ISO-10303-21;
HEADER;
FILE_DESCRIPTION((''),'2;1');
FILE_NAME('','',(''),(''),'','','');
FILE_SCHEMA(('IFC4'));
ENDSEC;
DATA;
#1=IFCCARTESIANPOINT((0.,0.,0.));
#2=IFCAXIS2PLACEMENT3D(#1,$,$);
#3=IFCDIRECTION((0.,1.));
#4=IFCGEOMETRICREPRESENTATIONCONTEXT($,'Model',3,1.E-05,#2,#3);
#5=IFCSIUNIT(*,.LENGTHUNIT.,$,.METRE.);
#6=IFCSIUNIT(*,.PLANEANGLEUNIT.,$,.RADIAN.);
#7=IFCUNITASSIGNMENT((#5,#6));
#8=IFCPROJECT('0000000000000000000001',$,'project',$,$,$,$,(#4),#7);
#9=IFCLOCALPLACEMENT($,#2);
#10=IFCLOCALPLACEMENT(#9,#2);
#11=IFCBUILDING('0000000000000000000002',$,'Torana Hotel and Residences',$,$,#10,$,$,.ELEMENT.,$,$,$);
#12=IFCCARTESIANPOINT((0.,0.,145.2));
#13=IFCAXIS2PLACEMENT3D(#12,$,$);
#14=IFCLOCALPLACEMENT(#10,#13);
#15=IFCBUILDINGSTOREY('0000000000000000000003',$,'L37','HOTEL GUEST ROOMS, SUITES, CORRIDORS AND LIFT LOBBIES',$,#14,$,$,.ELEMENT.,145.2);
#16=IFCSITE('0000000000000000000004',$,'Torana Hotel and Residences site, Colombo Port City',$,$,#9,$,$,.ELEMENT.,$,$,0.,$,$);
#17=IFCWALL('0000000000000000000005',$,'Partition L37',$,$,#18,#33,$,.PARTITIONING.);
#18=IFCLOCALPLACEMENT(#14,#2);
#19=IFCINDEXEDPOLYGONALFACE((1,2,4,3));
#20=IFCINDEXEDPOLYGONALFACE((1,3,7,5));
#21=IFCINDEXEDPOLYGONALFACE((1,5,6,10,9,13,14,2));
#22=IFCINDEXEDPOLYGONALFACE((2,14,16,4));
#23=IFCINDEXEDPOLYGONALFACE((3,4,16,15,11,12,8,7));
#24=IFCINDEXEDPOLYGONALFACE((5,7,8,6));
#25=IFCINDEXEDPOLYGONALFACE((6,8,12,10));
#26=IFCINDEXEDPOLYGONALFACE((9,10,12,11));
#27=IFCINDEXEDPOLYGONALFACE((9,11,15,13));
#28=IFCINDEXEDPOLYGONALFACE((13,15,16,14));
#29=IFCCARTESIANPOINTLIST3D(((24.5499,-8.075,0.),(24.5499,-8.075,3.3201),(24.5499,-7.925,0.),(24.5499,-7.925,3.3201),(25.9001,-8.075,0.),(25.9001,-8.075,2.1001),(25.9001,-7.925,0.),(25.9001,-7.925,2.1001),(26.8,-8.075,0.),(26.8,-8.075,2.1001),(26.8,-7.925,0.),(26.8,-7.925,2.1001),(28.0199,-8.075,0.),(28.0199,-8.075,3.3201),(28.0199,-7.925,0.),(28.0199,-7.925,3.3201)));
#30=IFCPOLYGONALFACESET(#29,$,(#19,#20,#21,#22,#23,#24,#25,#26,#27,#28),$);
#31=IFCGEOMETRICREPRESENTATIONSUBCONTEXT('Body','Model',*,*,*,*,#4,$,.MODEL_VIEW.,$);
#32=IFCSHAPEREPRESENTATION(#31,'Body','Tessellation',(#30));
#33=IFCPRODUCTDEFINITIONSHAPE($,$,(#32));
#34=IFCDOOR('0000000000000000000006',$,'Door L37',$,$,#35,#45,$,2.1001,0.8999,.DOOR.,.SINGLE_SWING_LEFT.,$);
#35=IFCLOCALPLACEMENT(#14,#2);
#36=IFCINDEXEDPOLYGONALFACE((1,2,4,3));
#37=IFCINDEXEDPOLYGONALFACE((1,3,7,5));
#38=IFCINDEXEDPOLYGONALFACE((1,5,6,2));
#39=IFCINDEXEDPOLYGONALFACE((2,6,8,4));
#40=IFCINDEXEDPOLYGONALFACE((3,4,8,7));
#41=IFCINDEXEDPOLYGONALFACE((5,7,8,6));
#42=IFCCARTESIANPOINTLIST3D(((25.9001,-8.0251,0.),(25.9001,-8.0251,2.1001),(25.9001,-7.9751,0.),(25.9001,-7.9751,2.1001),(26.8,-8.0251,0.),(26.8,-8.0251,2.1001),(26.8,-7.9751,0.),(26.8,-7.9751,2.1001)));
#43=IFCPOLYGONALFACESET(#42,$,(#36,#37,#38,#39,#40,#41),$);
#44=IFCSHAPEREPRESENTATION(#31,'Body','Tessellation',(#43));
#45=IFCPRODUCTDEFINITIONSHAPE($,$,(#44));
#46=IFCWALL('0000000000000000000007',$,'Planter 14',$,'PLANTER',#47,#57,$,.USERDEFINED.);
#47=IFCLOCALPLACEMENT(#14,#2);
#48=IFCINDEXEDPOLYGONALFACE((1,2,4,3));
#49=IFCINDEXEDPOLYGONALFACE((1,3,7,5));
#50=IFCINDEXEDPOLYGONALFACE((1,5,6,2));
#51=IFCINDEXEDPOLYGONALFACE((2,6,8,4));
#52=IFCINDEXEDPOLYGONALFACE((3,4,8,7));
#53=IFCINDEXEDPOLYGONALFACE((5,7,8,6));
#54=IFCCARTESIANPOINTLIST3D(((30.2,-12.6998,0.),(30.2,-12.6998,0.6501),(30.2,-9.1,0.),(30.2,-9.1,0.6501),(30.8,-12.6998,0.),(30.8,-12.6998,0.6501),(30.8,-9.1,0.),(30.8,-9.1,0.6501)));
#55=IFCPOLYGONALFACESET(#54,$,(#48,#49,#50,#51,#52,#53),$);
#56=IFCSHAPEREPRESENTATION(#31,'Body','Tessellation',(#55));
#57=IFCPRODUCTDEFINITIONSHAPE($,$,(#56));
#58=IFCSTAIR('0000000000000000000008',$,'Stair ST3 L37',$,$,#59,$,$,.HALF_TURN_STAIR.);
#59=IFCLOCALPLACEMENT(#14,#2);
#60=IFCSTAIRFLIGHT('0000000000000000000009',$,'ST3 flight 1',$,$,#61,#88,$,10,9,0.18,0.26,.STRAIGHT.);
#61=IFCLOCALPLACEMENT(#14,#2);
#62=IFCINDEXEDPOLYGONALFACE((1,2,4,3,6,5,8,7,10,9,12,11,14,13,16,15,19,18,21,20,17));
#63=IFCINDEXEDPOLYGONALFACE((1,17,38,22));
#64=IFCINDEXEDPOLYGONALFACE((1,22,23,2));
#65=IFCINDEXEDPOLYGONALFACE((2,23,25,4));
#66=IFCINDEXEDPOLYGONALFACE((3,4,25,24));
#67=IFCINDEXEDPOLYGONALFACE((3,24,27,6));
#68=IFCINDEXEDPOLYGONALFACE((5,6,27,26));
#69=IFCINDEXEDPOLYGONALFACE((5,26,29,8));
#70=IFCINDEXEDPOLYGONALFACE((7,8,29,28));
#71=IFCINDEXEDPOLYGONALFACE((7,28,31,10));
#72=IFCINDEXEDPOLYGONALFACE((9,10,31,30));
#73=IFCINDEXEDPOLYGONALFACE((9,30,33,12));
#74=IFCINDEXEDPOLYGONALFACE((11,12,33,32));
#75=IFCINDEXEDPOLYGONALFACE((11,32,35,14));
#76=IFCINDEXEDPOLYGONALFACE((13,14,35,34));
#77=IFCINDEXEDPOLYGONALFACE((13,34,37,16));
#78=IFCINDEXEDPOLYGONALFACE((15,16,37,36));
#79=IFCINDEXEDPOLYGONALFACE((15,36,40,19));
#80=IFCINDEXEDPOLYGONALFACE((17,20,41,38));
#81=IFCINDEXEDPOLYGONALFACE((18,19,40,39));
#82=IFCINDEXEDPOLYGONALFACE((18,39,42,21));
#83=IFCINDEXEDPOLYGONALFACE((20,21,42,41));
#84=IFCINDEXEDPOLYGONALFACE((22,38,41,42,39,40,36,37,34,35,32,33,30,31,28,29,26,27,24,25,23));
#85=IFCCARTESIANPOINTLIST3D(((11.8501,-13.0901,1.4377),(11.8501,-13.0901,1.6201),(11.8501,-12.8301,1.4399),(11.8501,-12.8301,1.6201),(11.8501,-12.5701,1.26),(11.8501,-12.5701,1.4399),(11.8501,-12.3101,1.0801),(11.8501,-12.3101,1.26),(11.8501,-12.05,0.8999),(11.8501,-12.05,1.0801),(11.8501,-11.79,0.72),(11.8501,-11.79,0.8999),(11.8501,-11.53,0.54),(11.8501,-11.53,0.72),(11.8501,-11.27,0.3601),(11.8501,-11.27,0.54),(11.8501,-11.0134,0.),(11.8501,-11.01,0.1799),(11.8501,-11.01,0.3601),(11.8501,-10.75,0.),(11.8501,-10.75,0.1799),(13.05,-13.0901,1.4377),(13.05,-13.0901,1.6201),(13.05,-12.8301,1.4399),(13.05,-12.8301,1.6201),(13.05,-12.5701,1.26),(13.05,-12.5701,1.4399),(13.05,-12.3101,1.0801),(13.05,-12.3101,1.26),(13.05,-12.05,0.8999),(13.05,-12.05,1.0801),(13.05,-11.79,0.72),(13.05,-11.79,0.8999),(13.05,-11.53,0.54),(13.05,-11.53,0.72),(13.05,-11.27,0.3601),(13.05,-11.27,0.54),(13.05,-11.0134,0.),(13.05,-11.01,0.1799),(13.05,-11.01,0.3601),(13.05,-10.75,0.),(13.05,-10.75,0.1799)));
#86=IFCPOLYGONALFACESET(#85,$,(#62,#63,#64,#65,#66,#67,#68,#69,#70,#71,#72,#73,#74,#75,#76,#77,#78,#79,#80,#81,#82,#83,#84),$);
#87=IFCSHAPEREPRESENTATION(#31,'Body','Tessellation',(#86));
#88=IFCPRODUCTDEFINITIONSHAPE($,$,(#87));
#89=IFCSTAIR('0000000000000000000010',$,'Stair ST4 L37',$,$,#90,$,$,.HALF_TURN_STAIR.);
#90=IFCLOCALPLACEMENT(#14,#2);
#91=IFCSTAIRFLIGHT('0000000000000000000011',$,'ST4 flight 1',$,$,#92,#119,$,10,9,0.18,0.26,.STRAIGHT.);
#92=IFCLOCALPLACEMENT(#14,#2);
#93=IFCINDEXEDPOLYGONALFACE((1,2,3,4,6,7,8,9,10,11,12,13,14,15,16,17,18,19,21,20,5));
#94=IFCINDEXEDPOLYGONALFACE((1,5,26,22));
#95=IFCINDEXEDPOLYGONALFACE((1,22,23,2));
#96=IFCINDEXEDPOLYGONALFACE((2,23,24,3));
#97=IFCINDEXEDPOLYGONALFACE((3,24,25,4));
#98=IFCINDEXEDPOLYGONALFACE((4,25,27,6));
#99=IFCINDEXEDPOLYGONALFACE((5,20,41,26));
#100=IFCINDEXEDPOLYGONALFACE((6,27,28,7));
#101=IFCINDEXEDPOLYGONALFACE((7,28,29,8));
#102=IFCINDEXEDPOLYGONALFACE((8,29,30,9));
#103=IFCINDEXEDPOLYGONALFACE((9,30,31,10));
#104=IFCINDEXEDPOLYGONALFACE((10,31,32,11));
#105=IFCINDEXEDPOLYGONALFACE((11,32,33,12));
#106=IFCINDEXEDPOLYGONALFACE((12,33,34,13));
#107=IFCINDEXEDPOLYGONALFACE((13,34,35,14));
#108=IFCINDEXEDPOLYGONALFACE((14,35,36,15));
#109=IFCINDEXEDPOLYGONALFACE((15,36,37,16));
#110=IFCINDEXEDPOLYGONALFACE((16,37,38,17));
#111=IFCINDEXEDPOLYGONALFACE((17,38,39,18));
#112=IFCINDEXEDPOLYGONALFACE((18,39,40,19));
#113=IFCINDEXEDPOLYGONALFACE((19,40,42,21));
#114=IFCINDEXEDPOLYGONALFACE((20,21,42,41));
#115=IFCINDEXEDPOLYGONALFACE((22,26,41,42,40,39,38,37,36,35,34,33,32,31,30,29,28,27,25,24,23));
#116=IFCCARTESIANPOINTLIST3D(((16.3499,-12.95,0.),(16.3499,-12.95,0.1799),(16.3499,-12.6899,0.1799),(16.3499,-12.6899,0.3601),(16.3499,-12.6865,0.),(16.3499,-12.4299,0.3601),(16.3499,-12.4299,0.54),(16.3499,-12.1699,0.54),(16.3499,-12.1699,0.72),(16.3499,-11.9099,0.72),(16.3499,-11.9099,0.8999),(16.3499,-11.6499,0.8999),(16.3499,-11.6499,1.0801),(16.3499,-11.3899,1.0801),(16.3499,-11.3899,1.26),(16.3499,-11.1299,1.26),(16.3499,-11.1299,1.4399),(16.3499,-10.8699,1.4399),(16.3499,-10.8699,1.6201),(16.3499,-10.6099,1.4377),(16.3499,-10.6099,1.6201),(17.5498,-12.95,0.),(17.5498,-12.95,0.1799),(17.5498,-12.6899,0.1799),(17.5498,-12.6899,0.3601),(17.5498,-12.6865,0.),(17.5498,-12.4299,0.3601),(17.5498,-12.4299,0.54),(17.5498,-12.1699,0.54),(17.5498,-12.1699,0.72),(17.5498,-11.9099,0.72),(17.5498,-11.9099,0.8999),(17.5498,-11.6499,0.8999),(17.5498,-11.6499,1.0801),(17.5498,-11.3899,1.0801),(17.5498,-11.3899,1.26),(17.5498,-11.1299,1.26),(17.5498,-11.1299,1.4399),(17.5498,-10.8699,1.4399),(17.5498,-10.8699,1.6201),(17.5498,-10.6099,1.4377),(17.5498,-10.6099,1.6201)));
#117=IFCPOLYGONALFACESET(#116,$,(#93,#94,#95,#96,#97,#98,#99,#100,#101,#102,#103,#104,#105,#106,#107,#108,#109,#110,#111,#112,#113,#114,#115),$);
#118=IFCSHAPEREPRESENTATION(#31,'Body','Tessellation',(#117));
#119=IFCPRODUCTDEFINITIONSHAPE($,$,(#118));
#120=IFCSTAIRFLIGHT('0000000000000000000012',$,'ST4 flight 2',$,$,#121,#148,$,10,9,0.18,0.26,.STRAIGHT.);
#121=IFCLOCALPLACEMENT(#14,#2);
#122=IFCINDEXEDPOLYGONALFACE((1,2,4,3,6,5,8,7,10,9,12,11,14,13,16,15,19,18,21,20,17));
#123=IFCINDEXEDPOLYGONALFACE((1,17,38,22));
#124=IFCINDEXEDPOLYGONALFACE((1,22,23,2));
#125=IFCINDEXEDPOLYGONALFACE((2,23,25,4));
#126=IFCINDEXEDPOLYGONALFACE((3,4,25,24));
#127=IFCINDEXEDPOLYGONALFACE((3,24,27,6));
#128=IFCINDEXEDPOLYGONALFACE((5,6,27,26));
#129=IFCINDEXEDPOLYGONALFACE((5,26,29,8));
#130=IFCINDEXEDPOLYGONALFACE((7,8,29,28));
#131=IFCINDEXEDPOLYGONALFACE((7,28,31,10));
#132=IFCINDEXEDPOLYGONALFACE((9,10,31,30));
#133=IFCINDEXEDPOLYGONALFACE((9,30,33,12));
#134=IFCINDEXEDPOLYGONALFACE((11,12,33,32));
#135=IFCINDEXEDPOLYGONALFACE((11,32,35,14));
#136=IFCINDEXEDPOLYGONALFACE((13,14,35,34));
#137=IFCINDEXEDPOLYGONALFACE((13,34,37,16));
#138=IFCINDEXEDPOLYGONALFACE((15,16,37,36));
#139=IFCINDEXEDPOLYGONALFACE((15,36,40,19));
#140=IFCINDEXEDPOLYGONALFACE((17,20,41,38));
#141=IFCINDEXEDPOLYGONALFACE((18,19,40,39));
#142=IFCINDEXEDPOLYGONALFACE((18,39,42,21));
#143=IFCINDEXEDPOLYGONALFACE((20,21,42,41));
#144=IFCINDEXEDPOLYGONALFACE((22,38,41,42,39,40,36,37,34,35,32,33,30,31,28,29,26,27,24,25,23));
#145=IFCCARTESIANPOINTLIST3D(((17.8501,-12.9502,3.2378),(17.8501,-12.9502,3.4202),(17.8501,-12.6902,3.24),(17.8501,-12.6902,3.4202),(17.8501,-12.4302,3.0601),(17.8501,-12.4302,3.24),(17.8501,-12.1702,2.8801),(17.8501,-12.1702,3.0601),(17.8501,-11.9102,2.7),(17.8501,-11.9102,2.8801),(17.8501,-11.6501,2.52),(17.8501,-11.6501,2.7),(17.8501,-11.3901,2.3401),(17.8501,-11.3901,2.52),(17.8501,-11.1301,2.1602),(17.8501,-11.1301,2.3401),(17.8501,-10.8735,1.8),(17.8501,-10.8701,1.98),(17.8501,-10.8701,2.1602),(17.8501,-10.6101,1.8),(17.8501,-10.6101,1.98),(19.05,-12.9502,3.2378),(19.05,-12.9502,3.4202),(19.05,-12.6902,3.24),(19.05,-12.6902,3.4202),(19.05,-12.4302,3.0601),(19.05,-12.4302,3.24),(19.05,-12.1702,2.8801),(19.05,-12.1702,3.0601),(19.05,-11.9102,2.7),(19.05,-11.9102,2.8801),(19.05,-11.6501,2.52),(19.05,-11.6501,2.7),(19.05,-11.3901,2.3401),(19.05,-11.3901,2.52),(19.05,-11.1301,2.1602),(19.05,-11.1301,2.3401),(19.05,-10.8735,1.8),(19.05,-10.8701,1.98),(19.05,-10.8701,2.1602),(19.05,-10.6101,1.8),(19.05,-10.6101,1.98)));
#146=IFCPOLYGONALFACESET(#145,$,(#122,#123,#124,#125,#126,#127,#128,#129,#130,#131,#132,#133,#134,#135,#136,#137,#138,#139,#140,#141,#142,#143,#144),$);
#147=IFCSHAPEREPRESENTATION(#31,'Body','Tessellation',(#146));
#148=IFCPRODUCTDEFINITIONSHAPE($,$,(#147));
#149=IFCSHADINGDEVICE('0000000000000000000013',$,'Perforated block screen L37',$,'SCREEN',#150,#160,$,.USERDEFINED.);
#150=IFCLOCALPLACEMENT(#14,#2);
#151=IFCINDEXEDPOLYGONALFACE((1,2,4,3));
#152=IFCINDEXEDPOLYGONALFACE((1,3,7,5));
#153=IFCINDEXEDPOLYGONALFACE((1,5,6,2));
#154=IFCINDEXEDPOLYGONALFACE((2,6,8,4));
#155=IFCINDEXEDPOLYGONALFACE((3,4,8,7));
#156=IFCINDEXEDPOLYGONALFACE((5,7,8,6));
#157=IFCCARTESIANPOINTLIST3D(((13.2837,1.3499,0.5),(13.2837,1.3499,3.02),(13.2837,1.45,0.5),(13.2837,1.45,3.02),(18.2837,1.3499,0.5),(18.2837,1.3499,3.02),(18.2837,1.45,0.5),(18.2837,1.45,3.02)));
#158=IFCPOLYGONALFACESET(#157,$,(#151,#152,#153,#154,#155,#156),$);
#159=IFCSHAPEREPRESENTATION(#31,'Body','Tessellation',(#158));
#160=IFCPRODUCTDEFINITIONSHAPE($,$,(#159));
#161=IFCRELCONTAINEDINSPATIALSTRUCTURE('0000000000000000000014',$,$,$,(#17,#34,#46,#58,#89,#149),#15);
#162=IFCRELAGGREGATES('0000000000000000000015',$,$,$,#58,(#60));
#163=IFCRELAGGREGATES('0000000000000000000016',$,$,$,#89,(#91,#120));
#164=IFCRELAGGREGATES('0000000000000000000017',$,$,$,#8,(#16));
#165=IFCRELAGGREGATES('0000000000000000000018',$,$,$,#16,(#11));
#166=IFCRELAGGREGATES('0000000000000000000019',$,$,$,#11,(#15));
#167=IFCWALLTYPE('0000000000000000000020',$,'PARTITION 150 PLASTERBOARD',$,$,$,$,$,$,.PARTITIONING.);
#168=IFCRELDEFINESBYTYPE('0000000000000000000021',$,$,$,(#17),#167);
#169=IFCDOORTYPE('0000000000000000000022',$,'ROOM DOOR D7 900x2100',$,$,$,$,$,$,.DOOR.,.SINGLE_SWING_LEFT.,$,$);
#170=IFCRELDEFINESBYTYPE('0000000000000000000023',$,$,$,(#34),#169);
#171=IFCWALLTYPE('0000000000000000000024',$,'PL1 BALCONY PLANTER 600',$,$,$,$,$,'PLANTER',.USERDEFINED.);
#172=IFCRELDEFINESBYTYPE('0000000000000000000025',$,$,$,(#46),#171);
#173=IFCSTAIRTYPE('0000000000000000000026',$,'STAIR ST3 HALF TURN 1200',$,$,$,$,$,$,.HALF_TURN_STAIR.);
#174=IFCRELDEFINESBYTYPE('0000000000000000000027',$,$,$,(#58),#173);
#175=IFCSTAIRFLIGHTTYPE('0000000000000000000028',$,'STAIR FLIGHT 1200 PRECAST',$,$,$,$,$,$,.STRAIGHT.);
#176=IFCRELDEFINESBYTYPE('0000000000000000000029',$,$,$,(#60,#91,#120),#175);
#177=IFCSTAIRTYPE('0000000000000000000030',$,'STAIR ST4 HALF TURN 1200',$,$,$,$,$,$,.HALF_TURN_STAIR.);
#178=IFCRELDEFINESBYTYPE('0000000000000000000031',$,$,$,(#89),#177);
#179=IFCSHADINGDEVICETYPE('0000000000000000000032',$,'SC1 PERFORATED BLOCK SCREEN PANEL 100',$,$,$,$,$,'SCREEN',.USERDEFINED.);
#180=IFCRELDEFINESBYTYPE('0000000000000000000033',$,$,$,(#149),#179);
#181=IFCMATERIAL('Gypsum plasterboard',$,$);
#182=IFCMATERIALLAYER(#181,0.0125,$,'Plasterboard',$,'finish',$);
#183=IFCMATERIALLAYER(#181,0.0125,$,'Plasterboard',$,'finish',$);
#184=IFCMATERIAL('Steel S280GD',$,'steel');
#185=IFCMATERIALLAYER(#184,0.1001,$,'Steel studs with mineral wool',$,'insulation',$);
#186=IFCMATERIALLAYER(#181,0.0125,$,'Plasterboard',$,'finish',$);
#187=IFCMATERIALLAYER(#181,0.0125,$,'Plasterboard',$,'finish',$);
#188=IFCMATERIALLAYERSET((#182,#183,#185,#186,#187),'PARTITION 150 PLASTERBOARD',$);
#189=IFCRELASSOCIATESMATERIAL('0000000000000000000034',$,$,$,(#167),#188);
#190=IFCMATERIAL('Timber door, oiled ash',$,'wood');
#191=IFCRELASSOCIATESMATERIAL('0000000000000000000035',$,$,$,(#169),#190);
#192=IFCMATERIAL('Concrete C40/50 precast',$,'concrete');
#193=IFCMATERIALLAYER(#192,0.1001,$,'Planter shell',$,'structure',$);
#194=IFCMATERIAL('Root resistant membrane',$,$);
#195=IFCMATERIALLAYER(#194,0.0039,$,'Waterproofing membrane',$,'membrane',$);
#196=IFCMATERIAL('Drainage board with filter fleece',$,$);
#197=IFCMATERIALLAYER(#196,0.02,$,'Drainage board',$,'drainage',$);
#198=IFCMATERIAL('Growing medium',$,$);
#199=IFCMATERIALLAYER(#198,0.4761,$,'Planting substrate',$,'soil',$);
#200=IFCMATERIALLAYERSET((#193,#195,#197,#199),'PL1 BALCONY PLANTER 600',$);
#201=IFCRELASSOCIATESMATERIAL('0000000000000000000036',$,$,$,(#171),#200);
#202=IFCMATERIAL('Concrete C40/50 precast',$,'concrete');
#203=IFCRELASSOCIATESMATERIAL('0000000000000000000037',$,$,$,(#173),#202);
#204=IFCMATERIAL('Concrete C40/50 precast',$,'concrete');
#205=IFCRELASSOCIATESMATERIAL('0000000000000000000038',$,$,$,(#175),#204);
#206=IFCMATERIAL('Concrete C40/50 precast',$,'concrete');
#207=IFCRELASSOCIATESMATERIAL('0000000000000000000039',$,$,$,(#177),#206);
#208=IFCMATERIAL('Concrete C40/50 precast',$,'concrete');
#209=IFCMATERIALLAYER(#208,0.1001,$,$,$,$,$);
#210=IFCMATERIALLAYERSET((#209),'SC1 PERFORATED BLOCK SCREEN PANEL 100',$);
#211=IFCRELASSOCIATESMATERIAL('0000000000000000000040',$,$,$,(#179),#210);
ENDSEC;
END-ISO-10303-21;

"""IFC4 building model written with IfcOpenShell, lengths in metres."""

from ifc_helpers import new_model, si_unit, direction, frame, frame_2d, origin, origin_2d, place, context, subcontext, project, spatial, polyline, rectangle, outline, extrude, material, layer, layer_set, type_object, element, fill, aggregate, save


model = new_model("IFC4")

# Units and contexts
model_context = context("Model", 3, precision=1e-05, world=origin(), true_north=direction((0.0, 1.0)))
body_context = subcontext(model_context, "Body", "Model", "MODEL_VIEW")
ifc_project = project(units=[si_unit("LENGTHUNIT", "METRE"), si_unit("PLANEANGLEUNIT", "RADIAN")], contexts=[model_context])

# Site, building, storey
site_placement = place(None, origin())
site = spatial("IfcSite", under=ifc_project, at=site_placement, Name="Torana Hotel and Residences site, Colombo Port City", CompositionType="ELEMENT", RefElevation=0.0)
building_placement = place(site_placement, origin())
building = spatial("IfcBuilding", under=site, at=building_placement, Name="Torana Hotel and Residences", CompositionType="ELEMENT")
storey_placement = place(building_placement, frame((0.0, 0.0, 145.2)))
storey = spatial("IfcBuildingStorey", under=building, at=storey_placement, Name="L37", Description="HOTEL GUEST ROOMS, SUITES, CORRIDORS AND LIFT LOBBIES", CompositionType="ELEMENT", Elevation=145.2)

# Shared definitions
ifc_material_1 = material(Name="Steel S280GD", Category="steel")
ifc_material_2 = material(Name="Concrete C40/50 precast", Category="concrete")
ifc_material_3 = material(Name="Gypsum plasterboard")
ifc_layer_1 = layer(ifc_material_3, 0.0125, Name="Plasterboard", Category="finish")
ifc_layer_2 = layer(ifc_material_3, 0.0125, Name="Plasterboard", Category="finish")
ifc_layer_3 = layer(ifc_material_1, 0.1001, Name="Steel studs with mineral wool", Category="insulation")
ifc_layer_4 = layer(ifc_material_3, 0.0125, Name="Plasterboard", Category="finish")
ifc_layer_5 = layer(ifc_material_3, 0.0125, Name="Plasterboard", Category="finish")
ifc_layer_set_1 = layer_set([ifc_layer_1, ifc_layer_2, ifc_layer_3, ifc_layer_4, ifc_layer_5], Name="PARTITION 150 PLASTERBOARD")
wall_type_1 = type_object("IfcWallType", Name="PARTITION 150 PLASTERBOARD", PredefinedType="PARTITIONING", material=ifc_layer_set_1)

# Wall, opening, door
wall_1_placement = place(storey_placement, frame((24.55, -8.0, 0.0), z_axis=(0.0, 0.0, 1.0), x_axis=(1.0, 0.0, 0.0)))
wall_1 = element("IfcWall", 1, at=wall_1_placement, inside=storey, type_object=wall_type_1, Name="Partition L37", PredefinedType="PARTITIONING", context=body_context, shape_type="SweptSolid", body=[
    extrude(rectangle(XDim=3.47, YDim=0.1499, at=frame_2d((1.7349, 0.0))), origin(), (0.0, 0.0, 1.0), 3.3201),
])
opening_placement = place(wall_1_placement, frame((1.3501, 0.0, 0.0)))
opening = element("IfcOpeningElement", 2, at=opening_placement, cuts=wall_1, PredefinedType="OPENING", context=body_context, shape_type="SweptSolid", body=[
    extrude(rectangle(XDim=0.8999, YDim=2.1001, at=frame_2d((0.45, 1.05))), frame((0.0, 0.085, 0.0), z_axis=(0.0, -1.0, 0.0), x_axis=(1.0, 0.0, 0.0)), (0.0, 0.0, 1.0), 0.1699),
])
ifc_material_4 = material(Name="Timber door, oiled ash", Category="wood")
door_type = type_object("IfcDoorType", Name="ROOM DOOR D7 900x2100", OperationType="SINGLE_SWING_LEFT", PredefinedType="DOOR", material=ifc_material_4)
door_placement = place(opening_placement, origin())
door = element("IfcDoor", 3, at=door_placement, inside=storey, type_object=door_type, Name="Door L37", OperationType="SINGLE_SWING_LEFT", OverallHeight=2.1001, OverallWidth=0.8999, PredefinedType="DOOR", context=body_context, shape_type="SweptSolid", body=[
    extrude(rectangle(XDim=0.8999, YDim=2.1001, at=frame_2d((0.45, 1.05))), frame((0.0, 0.0249, 0.0), z_axis=(0.0, -1.0, 0.0), x_axis=(1.0, 0.0, 0.0)), (0.0, 0.0, 1.0), 0.05),
])
fill(opening, door)

# Wall
ifc_layer_6 = layer(ifc_material_2, 0.1001, Name="Planter shell", Category="structure")
ifc_material_5 = material(Name="Root resistant membrane")
ifc_layer_7 = layer(ifc_material_5, 0.0039, Name="Waterproofing membrane", Category="membrane")
ifc_material_6 = material(Name="Drainage board with filter fleece")
ifc_layer_8 = layer(ifc_material_6, 0.02, Name="Drainage board", Category="drainage")
ifc_material_7 = material(Name="Growing medium")
ifc_layer_9 = layer(ifc_material_7, 0.4761, Name="Planting substrate", Category="soil")
ifc_layer_set_2 = layer_set([ifc_layer_6, ifc_layer_7, ifc_layer_8, ifc_layer_9], Name="PL1 BALCONY PLANTER 600")
wall_type_2 = type_object("IfcWallType", Name="PL1 BALCONY PLANTER 600", ElementType="PLANTER", PredefinedType="USERDEFINED", material=ifc_layer_set_2)
wall_2_placement = place(storey_placement, frame((30.5, -9.1001, 0.0), z_axis=(0.0, 0.0, 1.0), x_axis=(0.0, -1.0, 0.0)))
element("IfcWall", 4, at=wall_2_placement, inside=storey, type_object=wall_type_2, Name="Planter 14", ObjectType="PLANTER", PredefinedType="USERDEFINED", context=body_context, shape_type="SweptSolid", body=[
    extrude(rectangle(XDim=3.5999, YDim=0.6001, at=frame_2d((1.7998, 0.0))), origin(), (0.0, 0.0, 1.0), 0.6501),
])

# Stair, stair flight
ifc_material_8 = material(Name="Concrete C40/50 precast", Category="concrete")
stair_type_1 = type_object("IfcStairType", Name="STAIR ST3 HALF TURN 1200", PredefinedType="HALF_TURN_STAIR", material=ifc_material_8)
stair_1_placement = place(storey_placement, origin())
stair_1 = element("IfcStair", 5, at=stair_1_placement, inside=storey, type_object=stair_type_1, Name="Stair ST3 L37", PredefinedType="HALF_TURN_STAIR")
ifc_material_9 = material(Name="Concrete C40/50 precast", Category="concrete")
stair_flight_type = type_object("IfcStairFlightType", Name="STAIR FLIGHT 1200 PRECAST", PredefinedType="STRAIGHT", material=ifc_material_9)
stair_flight_1_placement = place(storey_placement, frame((12.45, -10.75, 0.0), z_axis=(0.0, 0.0, 1.0), x_axis=(0.0, -1.0, 0.0)))
stair_flight_1 = element("IfcStairFlight", 6, at=stair_flight_1_placement, type_object=stair_flight_type, Name="ST3 flight 1", NumberOfRisers=10, NumberOfTreads=9, PredefinedType="STRAIGHT", RiserHeight=0.18, TreadLength=0.26, context=body_context, shape_type="SweptSolid", body=[
    extrude(outline(polyline([(0.0, 0.0), (0.0, 0.1799), (0.26, 0.1799), (0.26, 0.3601), (0.52, 0.3601), (0.52, 0.54), (0.78, 0.54), (0.78, 0.72), (1.04, 0.72), (1.04, 0.8999), (1.3, 0.8999), (1.3, 1.0801), (1.5601, 1.0801), (1.5601, 1.26), (1.8201, 1.26), (1.8201, 1.4399), (2.0801, 1.4399), (2.0801, 1.6201), (2.3401, 1.6201), (2.3401, 1.8), (2.3401, 1.4377), (0.2634, 0.0), (0.0, 0.0)])), frame((0.0, 0.6001, 0.0), z_axis=(0.0, -1.0, 0.0), x_axis=(1.0, 0.0, 0.0)), (0.0, 0.0, 1.0), 1.2),
])
aggregate(stair_1, [stair_flight_1])

# Stair, stair flights
ifc_material_10 = material(Name="Concrete C40/50 precast", Category="concrete")
stair_type_2 = type_object("IfcStairType", Name="STAIR ST4 HALF TURN 1200", PredefinedType="HALF_TURN_STAIR", material=ifc_material_10)
stair_2_placement = place(storey_placement, origin())
stair_2 = element("IfcStair", 7, at=stair_2_placement, inside=storey, type_object=stair_type_2, Name="Stair ST4 L37", PredefinedType="HALF_TURN_STAIR")
stair_flight_2_placement = place(storey_placement, frame((16.95, -12.95, 0.0), z_axis=(0.0, 0.0, 1.0), x_axis=(0.0, 1.0, 0.0)))
stair_flight_2 = element("IfcStairFlight", 8, at=stair_flight_2_placement, type_object=stair_flight_type, Name="ST4 flight 1", NumberOfRisers=10, NumberOfTreads=9, PredefinedType="STRAIGHT", RiserHeight=0.18, TreadLength=0.26, context=body_context, shape_type="SweptSolid", body=[
    extrude(outline(polyline([(0.0, 0.0), (0.0, 0.1799), (0.26, 0.1799), (0.26, 0.3601), (0.52, 0.3601), (0.52, 0.54), (0.78, 0.54), (0.78, 0.72), (1.04, 0.72), (1.04, 0.8999), (1.3, 0.8999), (1.3, 1.0801), (1.5601, 1.0801), (1.5601, 1.26), (1.8201, 1.26), (1.8201, 1.4399), (2.0801, 1.4399), (2.0801, 1.6201), (2.3401, 1.6201), (2.3401, 1.8), (2.3401, 1.4377), (0.2634, 0.0), (0.0, 0.0)])), frame((0.0, 0.6001, 0.0), z_axis=(0.0, -1.0, 0.0), x_axis=(1.0, 0.0, 0.0)), (0.0, 0.0, 1.0), 1.2),
])
stair_flight_3_placement = place(storey_placement, frame((18.45, -10.6101, 1.8), z_axis=(0.0, 0.0, 1.0), x_axis=(0.0, -1.0, 0.0)))
stair_flight_3 = element("IfcStairFlight", 9, at=stair_flight_3_placement, type_object=stair_flight_type, Name="ST4 flight 2", NumberOfRisers=10, NumberOfTreads=9, PredefinedType="STRAIGHT", RiserHeight=0.18, TreadLength=0.26, context=body_context, shape_type="SweptSolid", body=[
    extrude(outline(polyline([(0.0, 0.0), (0.0, 0.1799), (0.26, 0.1799), (0.26, 0.3601), (0.52, 0.3601), (0.52, 0.54), (0.78, 0.54), (0.78, 0.72), (1.04, 0.72), (1.04, 0.8999), (1.3, 0.8999), (1.3, 1.0801), (1.5601, 1.0801), (1.5601, 1.26), (1.8201, 1.26), (1.8201, 1.4399), (2.0801, 1.4399), (2.0801, 1.6201), (2.3401, 1.6201), (2.3401, 1.8), (2.3401, 1.4377), (0.2634, 0.0), (0.0, 0.0)])), frame((0.0, 0.6001, 0.0), z_axis=(0.0, -1.0, 0.0), x_axis=(1.0, 0.0, 0.0)), (0.0, 0.0, 1.0), 1.2),
])
aggregate(stair_2, [stair_flight_2, stair_flight_3])

# Shading device
ifc_material_11 = material(Name="Concrete C40/50 precast", Category="concrete")
ifc_layer_10 = layer(ifc_material_11, 0.1001)
ifc_layer_set_3 = layer_set([ifc_layer_10], Name="SC1 PERFORATED BLOCK SCREEN PANEL 100")
shading_device_type = type_object("IfcShadingDeviceType", Name="SC1 PERFORATED BLOCK SCREEN PANEL 100", ElementType="SCREEN", PredefinedType="USERDEFINED", material=ifc_layer_set_3)
shading_device_placement = place(storey_placement, frame((15.7837, 1.3999, 0.5), z_axis=(0.0, 0.0, 1.0), x_axis=(-1.0, 0.0, 0.0)))
element("IfcShadingDevice", 10, at=shading_device_placement, inside=storey, type_object=shading_device_type, Name="Perforated block screen L37", ObjectType="SCREEN", PredefinedType="USERDEFINED", context=body_context, shape_type="SweptSolid", body=[
    extrude(rectangle(XDim=5.0, YDim=0.1001, at=origin_2d()), origin(), (0.0, 0.0, 1.0), 2.52),
])

save(model, "model.ifc")
